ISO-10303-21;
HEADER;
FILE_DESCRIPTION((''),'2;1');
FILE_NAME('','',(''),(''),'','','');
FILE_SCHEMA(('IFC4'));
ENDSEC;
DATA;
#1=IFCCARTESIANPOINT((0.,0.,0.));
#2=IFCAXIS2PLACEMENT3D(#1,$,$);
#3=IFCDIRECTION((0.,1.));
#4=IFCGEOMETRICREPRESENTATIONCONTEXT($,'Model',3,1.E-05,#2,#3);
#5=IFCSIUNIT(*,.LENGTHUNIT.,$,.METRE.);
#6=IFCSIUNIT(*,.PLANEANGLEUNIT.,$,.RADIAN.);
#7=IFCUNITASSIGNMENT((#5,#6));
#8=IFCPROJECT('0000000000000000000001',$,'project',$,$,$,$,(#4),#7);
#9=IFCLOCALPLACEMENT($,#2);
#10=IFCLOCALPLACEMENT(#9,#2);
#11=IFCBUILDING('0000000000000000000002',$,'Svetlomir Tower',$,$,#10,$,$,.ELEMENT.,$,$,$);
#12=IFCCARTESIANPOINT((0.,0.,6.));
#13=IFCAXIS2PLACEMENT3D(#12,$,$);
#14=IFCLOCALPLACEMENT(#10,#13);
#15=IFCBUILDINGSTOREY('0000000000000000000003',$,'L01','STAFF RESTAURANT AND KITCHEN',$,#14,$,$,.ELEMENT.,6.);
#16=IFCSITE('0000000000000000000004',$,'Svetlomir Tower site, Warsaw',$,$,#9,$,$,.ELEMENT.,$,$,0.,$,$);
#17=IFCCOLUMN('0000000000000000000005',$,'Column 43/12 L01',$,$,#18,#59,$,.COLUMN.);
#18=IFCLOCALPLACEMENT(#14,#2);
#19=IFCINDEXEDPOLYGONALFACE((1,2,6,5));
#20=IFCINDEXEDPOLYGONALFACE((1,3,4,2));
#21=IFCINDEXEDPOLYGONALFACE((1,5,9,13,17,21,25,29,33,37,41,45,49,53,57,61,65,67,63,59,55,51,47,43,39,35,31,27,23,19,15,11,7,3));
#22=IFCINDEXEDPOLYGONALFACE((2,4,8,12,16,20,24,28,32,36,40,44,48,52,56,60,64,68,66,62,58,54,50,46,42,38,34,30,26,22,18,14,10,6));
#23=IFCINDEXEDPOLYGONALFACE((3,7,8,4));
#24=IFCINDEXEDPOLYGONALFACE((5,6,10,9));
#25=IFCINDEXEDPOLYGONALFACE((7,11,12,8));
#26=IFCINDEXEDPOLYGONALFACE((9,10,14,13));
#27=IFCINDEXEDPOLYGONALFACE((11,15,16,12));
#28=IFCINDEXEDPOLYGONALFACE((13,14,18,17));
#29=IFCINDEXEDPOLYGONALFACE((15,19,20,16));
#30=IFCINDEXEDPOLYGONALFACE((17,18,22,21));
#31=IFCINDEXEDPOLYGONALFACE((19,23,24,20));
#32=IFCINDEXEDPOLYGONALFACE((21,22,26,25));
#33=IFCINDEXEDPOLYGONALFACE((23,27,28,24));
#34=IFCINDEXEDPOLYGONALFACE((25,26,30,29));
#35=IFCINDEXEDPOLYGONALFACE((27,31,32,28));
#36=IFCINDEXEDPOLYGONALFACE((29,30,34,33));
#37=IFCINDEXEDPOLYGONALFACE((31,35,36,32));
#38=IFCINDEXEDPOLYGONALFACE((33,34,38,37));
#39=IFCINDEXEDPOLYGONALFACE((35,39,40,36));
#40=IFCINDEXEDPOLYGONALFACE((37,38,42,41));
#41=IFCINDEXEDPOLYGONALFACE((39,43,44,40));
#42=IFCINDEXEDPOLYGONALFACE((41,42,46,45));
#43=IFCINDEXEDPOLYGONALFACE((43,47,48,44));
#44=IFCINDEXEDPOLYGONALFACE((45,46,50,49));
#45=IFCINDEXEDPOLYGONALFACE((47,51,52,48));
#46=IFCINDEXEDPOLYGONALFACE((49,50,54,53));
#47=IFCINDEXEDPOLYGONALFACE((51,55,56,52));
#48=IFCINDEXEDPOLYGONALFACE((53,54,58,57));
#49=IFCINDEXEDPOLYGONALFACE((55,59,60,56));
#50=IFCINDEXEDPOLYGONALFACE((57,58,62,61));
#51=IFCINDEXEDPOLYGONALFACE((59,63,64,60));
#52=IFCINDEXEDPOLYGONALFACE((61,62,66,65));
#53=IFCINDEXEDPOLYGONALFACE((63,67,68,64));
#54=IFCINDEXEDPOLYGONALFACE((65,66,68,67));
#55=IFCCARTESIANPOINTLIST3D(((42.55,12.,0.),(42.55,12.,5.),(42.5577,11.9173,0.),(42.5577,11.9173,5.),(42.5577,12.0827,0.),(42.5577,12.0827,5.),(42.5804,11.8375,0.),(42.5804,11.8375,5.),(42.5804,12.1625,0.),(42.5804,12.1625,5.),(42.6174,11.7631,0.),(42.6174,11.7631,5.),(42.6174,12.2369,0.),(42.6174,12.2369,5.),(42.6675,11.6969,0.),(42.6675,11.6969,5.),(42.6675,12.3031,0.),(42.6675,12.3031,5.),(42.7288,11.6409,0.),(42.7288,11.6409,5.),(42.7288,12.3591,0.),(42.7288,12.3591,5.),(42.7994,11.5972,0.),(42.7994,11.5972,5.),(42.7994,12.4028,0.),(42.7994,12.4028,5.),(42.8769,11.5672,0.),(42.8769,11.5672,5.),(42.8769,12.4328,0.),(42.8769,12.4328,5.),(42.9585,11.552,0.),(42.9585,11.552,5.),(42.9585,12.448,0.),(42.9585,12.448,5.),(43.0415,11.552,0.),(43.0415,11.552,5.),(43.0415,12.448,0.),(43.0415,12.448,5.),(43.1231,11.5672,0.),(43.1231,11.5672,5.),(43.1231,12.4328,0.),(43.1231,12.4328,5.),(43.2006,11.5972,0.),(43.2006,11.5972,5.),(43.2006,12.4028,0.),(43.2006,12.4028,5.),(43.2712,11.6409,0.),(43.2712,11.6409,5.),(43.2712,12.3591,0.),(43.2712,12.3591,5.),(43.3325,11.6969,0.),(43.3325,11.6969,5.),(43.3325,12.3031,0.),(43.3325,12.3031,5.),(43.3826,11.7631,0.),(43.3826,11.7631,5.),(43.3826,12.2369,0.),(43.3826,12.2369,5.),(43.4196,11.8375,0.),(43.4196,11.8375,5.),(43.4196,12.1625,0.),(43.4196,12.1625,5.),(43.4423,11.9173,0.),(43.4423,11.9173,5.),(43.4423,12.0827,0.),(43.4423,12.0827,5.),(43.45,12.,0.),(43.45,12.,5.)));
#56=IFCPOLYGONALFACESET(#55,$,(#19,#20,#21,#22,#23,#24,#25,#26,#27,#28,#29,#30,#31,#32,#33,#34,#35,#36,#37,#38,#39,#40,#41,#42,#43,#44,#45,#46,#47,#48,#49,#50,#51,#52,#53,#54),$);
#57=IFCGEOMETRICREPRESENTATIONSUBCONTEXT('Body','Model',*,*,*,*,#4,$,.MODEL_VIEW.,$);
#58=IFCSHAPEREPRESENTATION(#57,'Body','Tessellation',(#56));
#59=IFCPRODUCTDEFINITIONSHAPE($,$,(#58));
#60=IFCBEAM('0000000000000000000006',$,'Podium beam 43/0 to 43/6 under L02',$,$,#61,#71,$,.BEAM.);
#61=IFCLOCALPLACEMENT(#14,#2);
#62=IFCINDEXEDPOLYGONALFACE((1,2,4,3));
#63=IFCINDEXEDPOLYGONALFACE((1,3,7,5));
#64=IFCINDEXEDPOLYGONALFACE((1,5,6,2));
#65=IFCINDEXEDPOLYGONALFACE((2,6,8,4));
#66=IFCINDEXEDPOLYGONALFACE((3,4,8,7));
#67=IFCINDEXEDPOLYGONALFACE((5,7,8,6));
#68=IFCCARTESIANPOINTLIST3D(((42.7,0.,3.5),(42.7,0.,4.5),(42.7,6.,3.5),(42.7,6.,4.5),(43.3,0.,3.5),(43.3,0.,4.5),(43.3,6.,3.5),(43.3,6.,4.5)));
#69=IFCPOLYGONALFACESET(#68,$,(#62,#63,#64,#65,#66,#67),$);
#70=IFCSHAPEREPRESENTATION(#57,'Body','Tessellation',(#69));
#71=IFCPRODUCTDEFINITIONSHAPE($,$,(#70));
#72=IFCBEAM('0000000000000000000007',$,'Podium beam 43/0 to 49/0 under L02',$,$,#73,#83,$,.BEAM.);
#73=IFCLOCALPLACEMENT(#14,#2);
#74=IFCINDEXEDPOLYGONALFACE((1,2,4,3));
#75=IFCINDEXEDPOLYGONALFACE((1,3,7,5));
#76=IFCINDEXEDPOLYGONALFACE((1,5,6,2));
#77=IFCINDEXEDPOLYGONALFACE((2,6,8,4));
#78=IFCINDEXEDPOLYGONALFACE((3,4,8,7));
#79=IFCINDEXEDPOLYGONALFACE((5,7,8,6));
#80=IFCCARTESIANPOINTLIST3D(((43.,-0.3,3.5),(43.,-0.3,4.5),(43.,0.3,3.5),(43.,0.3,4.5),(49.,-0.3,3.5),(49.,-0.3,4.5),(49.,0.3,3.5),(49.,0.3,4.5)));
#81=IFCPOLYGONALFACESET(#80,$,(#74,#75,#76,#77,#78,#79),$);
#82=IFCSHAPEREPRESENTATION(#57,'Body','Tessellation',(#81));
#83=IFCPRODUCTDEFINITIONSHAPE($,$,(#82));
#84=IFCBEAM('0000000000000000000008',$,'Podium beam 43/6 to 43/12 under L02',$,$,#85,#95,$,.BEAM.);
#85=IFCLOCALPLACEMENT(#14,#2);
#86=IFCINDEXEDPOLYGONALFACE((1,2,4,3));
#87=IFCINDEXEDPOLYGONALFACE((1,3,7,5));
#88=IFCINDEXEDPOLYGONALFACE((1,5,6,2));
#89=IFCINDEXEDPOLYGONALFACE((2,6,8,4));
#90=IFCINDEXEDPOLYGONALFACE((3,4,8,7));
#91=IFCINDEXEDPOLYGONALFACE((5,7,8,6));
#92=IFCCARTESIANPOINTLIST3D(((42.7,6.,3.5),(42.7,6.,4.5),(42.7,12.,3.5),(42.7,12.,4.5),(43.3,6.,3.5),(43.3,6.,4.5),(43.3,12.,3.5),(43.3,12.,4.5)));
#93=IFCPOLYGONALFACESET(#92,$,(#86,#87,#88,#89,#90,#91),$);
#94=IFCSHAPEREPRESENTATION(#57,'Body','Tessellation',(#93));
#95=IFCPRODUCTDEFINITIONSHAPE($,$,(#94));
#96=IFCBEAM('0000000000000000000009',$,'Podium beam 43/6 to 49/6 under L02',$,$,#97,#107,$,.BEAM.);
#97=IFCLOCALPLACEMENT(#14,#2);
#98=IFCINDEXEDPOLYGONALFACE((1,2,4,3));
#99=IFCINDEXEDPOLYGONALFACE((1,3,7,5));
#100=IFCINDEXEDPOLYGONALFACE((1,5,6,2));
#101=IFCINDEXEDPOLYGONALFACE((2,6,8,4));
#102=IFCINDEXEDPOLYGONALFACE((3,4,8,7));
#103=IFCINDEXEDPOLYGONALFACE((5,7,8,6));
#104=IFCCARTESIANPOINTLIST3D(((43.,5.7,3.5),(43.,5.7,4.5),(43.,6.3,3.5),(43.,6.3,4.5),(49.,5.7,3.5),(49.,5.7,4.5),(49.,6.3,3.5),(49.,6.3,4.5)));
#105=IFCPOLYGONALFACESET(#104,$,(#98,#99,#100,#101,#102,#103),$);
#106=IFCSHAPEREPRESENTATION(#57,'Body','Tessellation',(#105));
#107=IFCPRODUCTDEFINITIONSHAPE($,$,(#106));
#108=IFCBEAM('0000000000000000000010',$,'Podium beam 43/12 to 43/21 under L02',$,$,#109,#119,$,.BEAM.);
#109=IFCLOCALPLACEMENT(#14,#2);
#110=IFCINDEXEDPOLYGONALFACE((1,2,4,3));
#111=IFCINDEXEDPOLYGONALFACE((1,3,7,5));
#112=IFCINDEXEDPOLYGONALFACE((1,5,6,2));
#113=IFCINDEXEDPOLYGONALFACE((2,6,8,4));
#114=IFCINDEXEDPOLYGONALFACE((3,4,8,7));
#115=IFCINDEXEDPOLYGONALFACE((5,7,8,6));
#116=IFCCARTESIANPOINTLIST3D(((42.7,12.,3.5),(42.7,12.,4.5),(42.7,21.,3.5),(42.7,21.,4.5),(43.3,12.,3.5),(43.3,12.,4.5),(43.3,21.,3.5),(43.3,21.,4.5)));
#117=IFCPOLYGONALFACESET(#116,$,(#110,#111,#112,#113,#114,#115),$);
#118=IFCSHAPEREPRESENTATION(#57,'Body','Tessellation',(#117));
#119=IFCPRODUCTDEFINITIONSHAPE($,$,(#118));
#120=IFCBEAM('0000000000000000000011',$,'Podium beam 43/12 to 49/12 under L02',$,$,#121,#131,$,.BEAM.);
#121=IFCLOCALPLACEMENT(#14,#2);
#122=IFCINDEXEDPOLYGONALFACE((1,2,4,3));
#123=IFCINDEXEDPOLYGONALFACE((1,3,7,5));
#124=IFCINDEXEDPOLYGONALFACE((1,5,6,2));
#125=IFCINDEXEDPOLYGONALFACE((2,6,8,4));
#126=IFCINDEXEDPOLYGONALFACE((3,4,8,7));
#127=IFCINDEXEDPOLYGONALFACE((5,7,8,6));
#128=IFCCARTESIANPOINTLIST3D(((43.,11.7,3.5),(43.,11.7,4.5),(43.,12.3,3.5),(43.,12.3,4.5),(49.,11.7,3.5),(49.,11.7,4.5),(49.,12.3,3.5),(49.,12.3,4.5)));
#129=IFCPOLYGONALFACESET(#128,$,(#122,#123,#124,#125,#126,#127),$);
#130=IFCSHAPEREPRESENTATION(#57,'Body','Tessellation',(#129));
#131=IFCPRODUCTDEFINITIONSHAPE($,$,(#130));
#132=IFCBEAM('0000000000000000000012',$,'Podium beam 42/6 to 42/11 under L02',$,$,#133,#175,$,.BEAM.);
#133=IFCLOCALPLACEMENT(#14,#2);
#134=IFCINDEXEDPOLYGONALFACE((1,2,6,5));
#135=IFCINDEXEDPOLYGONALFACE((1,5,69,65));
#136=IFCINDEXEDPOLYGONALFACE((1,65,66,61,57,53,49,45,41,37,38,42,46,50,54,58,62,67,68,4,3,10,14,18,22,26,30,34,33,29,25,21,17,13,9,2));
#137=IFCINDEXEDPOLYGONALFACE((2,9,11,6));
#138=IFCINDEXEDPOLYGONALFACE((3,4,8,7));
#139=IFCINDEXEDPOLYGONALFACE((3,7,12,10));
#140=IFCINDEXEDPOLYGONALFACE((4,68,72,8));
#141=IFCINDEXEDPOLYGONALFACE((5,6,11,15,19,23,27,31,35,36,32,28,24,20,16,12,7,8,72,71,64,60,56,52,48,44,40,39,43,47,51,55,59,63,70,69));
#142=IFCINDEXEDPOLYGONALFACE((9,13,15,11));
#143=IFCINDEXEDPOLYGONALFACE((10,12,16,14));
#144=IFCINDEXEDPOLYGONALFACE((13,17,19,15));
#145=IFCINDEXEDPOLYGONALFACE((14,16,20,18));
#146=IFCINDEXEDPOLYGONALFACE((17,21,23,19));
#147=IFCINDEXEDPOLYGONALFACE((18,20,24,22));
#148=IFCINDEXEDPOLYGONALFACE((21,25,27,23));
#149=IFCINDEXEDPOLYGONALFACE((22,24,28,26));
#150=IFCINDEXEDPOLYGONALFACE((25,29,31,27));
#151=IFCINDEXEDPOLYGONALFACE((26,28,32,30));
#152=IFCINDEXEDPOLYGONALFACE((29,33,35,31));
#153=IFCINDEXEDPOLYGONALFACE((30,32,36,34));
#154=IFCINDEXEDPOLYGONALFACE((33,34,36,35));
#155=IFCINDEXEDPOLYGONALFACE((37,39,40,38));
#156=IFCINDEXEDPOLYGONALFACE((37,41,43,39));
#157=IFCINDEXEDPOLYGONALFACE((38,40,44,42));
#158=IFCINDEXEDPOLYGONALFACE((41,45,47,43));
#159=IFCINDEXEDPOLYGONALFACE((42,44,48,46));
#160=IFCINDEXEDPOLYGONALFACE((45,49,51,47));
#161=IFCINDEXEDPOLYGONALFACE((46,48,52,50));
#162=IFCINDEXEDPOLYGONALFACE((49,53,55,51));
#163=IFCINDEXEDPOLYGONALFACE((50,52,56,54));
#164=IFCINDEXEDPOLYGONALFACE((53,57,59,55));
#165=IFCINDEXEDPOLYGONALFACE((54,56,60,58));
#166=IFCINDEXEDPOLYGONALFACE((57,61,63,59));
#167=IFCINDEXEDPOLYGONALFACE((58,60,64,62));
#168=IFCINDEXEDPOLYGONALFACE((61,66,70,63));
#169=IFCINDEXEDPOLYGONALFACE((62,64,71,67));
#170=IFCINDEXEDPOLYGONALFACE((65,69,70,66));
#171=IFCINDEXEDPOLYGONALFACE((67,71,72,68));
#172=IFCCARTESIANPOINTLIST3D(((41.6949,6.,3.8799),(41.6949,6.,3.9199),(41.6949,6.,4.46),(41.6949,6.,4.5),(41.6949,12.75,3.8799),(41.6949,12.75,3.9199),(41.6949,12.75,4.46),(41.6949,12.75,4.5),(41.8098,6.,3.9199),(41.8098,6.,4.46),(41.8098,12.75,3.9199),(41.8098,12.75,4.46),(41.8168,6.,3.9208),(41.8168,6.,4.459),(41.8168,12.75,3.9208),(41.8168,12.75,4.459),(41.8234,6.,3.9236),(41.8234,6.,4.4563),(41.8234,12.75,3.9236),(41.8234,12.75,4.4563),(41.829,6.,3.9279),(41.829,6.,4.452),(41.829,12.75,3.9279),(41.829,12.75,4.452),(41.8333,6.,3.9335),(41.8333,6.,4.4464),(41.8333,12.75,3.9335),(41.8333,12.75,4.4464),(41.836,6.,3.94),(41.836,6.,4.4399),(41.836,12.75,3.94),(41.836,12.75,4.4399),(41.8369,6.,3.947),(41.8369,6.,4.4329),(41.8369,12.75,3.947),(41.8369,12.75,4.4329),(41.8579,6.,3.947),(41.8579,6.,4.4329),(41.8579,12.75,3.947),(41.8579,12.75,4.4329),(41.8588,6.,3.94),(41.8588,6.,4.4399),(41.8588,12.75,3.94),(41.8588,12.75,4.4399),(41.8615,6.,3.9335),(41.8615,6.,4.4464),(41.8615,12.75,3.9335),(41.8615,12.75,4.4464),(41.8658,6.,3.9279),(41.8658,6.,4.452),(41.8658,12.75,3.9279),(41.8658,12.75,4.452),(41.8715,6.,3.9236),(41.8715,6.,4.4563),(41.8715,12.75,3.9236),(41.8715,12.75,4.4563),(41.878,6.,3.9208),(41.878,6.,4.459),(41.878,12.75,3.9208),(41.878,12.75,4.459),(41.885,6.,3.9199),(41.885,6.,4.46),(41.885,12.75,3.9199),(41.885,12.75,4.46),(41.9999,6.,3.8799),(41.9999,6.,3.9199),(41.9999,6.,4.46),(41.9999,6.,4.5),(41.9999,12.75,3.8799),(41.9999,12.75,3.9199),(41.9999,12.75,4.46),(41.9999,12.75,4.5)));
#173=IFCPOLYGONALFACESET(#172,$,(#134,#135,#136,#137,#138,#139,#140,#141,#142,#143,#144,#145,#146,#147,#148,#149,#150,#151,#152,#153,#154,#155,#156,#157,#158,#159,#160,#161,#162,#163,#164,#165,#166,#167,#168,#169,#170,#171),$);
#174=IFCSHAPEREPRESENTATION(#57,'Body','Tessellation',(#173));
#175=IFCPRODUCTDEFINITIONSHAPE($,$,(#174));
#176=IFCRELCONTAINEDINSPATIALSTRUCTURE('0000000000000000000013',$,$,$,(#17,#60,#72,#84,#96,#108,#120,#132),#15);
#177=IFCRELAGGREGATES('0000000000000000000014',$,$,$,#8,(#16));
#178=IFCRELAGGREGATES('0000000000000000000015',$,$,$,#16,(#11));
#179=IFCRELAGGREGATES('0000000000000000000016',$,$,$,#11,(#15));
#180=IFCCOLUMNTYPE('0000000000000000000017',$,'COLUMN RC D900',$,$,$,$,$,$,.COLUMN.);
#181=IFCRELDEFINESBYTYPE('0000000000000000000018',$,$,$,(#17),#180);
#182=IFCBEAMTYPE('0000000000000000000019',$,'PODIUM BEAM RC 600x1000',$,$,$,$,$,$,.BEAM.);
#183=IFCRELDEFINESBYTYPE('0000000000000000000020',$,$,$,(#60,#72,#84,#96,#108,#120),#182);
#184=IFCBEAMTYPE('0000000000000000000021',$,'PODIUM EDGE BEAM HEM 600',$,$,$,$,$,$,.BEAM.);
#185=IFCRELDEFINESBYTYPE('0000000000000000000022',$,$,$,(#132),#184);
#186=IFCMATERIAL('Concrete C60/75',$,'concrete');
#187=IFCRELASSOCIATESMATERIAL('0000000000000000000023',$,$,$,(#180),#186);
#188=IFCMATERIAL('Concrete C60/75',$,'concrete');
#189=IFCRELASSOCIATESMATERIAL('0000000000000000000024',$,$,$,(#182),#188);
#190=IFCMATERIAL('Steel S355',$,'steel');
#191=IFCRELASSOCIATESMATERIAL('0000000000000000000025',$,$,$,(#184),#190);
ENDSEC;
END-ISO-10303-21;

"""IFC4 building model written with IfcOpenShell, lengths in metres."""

from ifc_helpers import new_model, si_unit, direction, frame, origin, origin_2d, place, context, subcontext, project, spatial, rectangle, circle, i_section, extrude, material, material_profile, profile_set, type_object, element, save


model = new_model("IFC4")

# Units and contexts
model_context = context("Model", 3, precision=1e-05, world=origin(), true_north=direction((0.0, 1.0)))
body_context = subcontext(model_context, "Body", "Model", "MODEL_VIEW")
ifc_project = project(units=[si_unit("LENGTHUNIT", "METRE"), si_unit("PLANEANGLEUNIT", "RADIAN")], contexts=[model_context])

# Site, building, storey
site_placement = place(None, origin())
site = spatial("IfcSite", under=ifc_project, at=site_placement, Name="Svetlomir Tower site, Warsaw", CompositionType="ELEMENT", RefElevation=0.0)
building_placement = place(site_placement, origin())
building = spatial("IfcBuilding", under=site, at=building_placement, Name="Svetlomir Tower", CompositionType="ELEMENT")
storey_placement = place(building_placement, frame((0.0, 0.0, 6.0)))
storey = spatial("IfcBuildingStorey", under=building, at=storey_placement, Name="L01", Description="STAFF RESTAURANT AND KITCHEN", CompositionType="ELEMENT", Elevation=6.0)

# Column
ifc_material_1 = material(Name="Concrete C60/75", Category="concrete")
ifc_material_profile_1 = material_profile(ifc_material_1, circle(Radius=0.45, at=origin_2d()), Name="RC D900")
ifc_profile_set_1 = profile_set([ifc_material_profile_1], Name="Concrete C60/75")
column_type_1 = type_object("IfcColumnType", Name="COLUMN RC D900", PredefinedType="COLUMN", material=ifc_profile_set_1)
for number, where, z_axis, x_axis, name in (
    (1, (43.0, 12.0, 0.0), (0.0, 0.0, 1.0), (1.0, 0.0, 0.0), "Column 43/12 L01"),
):
    element("IfcColumn", number, at=place(storey_placement, frame(where, z_axis=z_axis, x_axis=x_axis)), inside=storey, type_object=column_type_1, Name=name, PredefinedType="COLUMN", context=body_context, shape_type="SweptSolid", body=[
        extrude(circle(Radius=0.45, at=origin_2d()), origin(), (0.0, 0.0, 1.0), 5.0),
    ])

# Beams
ifc_material_2 = material(Name="Concrete C60/75", Category="concrete")
ifc_material_profile_2 = material_profile(ifc_material_2, rectangle(XDim=0.6001, YDim=1.0, at=origin_2d()), Name="RC 600x1000")
ifc_profile_set_2 = profile_set([ifc_material_profile_2], Name="Concrete C60/75")
beam_type_1 = type_object("IfcBeamType", Name="PODIUM BEAM RC 600x1000", PredefinedType="BEAM", material=ifc_profile_set_2)
for number, where, z_axis, x_axis, name in (
    (2, (43.0, 0.0, 4.0), (0.0, 1.0, 0.0), (-1.0, 0.0, 0.0), "Podium beam 43/0 to 43/6 under L02"),
    (3, (43.0, 0.0, 4.0), (1.0, 0.0, 0.0), (0.0, 1.0, 0.0), "Podium beam 43/0 to 49/0 under L02"),
    (4, (43.0, 6.0, 4.0), (0.0, 1.0, 0.0), (-1.0, 0.0, 0.0), "Podium beam 43/6 to 43/12 under L02"),
    (5, (43.0, 6.0, 4.0), (1.0, 0.0, 0.0), (0.0, 1.0, 0.0), "Podium beam 43/6 to 49/6 under L02"),
):
    element("IfcBeam", number, at=place(storey_placement, frame(where, z_axis=z_axis, x_axis=x_axis)), inside=storey, type_object=beam_type_1, Name=name, PredefinedType="BEAM", context=body_context, shape_type="SweptSolid", body=[
        extrude(rectangle(XDim=0.6001, YDim=1.0, at=origin_2d()), origin(), (0.0, 0.0, 1.0), 6.0),
    ])
beam_1_placement = place(storey_placement, frame((43.0, 12.0, 4.0), z_axis=(0.0, 1.0, 0.0), x_axis=(-1.0, 0.0, 0.0)))
element("IfcBeam", 6, at=beam_1_placement, inside=storey, type_object=beam_type_1, Name="Podium beam 43/12 to 43/21 under L02", PredefinedType="BEAM", context=body_context, shape_type="SweptSolid", body=[
    extrude(rectangle(XDim=0.6001, YDim=1.0, at=origin_2d()), origin(), (0.0, 0.0, 1.0), 9.0),
])
beam_2_placement = place(storey_placement, frame((43.0, 12.0, 4.0), z_axis=(1.0, 0.0, 0.0), x_axis=(0.0, 1.0, 0.0)))
element("IfcBeam", 7, at=beam_2_placement, inside=storey, type_object=beam_type_1, Name="Podium beam 43/12 to 49/12 under L02", PredefinedType="BEAM", context=body_context, shape_type="SweptSolid", body=[
    extrude(rectangle(XDim=0.6001, YDim=1.0, at=origin_2d()), origin(), (0.0, 0.0, 1.0), 6.0),
])
ifc_material_3 = material(Name="Steel S355", Category="steel")
ifc_material_profile_3 = material_profile(ifc_material_3, i_section(OverallWidth=0.3049, OverallDepth=0.6201, WebThickness=0.021, FlangeThickness=0.04, FilletRadius=0.0271, at=origin_2d()), Name="HEM 600")
ifc_profile_set_3 = profile_set([ifc_material_profile_3], Name="Steel S355")
beam_type_2 = type_object("IfcBeamType", Name="PODIUM EDGE BEAM HEM 600", PredefinedType="BEAM", material=ifc_profile_set_3)
beam_3_placement = place(storey_placement, frame((41.8474, 6.0, 4.1899), z_axis=(0.0, 1.0, 0.0), x_axis=(-1.0, 0.0, 0.0)))
element("IfcBeam", 8, at=beam_3_placement, inside=storey, type_object=beam_type_2, Name="Podium beam 42/6 to 42/11 under L02", PredefinedType="BEAM", context=body_context, shape_type="SweptSolid", body=[
    extrude(i_section(OverallWidth=0.3049, OverallDepth=0.6201, WebThickness=0.021, FlangeThickness=0.04, FilletRadius=0.0271, at=origin_2d()), origin(), (0.0, 0.0, 1.0), 6.75),
])

save(model, "model.ifc")
